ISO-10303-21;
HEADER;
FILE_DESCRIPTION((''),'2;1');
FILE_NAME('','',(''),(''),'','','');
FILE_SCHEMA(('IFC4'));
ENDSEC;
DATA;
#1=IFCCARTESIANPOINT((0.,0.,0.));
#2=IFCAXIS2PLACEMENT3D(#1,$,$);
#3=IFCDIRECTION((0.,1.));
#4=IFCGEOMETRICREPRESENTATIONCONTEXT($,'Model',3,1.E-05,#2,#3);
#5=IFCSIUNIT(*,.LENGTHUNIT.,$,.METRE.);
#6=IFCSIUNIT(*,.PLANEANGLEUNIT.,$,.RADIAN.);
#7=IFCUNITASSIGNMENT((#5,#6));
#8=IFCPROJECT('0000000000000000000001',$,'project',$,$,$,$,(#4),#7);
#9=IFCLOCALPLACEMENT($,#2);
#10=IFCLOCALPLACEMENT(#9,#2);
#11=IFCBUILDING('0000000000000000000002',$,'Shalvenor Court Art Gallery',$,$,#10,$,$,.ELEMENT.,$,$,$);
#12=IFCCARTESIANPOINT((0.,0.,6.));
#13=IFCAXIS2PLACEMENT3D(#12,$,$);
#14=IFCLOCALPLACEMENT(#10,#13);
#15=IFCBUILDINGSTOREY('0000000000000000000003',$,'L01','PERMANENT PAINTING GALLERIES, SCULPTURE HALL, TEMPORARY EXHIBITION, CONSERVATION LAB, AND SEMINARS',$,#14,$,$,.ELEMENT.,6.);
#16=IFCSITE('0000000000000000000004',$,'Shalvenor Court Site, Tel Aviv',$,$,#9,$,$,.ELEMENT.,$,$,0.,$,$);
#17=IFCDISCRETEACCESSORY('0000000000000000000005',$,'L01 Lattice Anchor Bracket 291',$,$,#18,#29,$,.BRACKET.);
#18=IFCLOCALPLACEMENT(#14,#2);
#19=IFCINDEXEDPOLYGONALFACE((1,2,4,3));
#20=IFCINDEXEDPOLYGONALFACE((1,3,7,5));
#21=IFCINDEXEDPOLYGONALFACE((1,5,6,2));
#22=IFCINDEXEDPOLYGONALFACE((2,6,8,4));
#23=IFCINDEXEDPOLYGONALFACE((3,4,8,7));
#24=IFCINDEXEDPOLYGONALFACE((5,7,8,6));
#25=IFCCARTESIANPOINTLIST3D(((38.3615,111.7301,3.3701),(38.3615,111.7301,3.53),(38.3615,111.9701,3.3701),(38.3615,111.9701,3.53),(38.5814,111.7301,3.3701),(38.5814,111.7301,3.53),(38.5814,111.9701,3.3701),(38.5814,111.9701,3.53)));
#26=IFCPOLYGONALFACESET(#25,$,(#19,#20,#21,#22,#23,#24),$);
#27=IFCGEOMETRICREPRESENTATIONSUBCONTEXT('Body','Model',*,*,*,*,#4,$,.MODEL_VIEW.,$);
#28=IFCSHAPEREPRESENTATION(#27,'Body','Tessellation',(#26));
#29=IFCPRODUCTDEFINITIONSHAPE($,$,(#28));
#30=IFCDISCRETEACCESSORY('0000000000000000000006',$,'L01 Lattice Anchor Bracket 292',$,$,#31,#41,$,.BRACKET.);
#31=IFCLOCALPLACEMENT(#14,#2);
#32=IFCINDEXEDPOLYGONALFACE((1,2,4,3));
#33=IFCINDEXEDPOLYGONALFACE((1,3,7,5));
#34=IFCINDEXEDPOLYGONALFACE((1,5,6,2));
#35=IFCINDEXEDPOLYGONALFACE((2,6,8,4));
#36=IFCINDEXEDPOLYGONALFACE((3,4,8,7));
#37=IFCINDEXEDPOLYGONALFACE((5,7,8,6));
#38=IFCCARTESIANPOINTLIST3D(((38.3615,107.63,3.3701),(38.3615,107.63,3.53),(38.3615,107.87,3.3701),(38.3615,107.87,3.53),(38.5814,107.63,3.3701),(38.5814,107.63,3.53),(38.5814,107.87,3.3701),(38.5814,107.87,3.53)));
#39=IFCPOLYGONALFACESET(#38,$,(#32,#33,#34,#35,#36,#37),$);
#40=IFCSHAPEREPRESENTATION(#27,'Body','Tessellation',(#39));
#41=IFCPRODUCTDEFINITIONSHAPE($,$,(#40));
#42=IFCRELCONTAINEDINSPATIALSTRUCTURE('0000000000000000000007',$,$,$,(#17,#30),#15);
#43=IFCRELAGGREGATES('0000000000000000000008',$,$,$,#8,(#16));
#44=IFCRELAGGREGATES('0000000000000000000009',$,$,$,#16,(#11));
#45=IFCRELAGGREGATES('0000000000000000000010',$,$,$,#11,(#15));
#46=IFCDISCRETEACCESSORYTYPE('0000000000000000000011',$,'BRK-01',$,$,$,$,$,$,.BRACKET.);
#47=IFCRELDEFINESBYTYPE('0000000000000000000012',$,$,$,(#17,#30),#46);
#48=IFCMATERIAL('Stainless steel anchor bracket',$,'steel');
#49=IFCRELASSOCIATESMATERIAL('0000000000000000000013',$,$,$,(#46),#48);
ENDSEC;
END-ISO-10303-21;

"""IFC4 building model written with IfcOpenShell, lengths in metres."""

from ifc_helpers import new_model, si_unit, direction, frame, origin, origin_2d, place, context, subcontext, project, spatial, rectangle, extrude, material, type_object, element, save


model = new_model("IFC4")

# Units and contexts
model_context = context("Model", 3, precision=1e-05, world=origin(), true_north=direction((0.0, 1.0)))
body_context = subcontext(model_context, "Body", "Model", "MODEL_VIEW")
ifc_project = project(units=[si_unit("LENGTHUNIT", "METRE"), si_unit("PLANEANGLEUNIT", "RADIAN")], contexts=[model_context])

# Site, building, storey
site_placement = place(None, origin())
site = spatial("IfcSite", under=ifc_project, at=site_placement, Name="Shalvenor Court Site, Tel Aviv", CompositionType="ELEMENT", RefElevation=0.0)
building_placement = place(site_placement, origin())
building = spatial("IfcBuilding", under=site, at=building_placement, Name="Shalvenor Court Art Gallery", CompositionType="ELEMENT")
storey_placement = place(building_placement, frame((0.0, 0.0, 6.0)))
storey = spatial("IfcBuildingStorey", under=building, at=storey_placement, Name="L01", Description="PERMANENT PAINTING GALLERIES, SCULPTURE HALL, TEMPORARY EXHIBITION, CONSERVATION LAB, AND SEMINARS", CompositionType="ELEMENT", Elevation=6.0)

# Discrete accessories
ifc_material_1 = material(Name="Stainless steel anchor bracket", Category="steel")
discrete_accessory_type = type_object("IfcDiscreteAccessoryType", Name="BRK-01", PredefinedType="BRACKET", material=ifc_material_1)
for number, where, z_axis, x_axis, name in (
    (1, (38.4714, 111.8501, 3.3701), (0.0, 0.0, 1.0), (0.0, -1.0, 0.0), "L01 Lattice Anchor Bracket 291"),
    (2, (38.4714, 107.75, 3.3701), (0.0, 0.0, 1.0), (0.0, -1.0, 0.0), "L01 Lattice Anchor Bracket 292"),
):
    element("IfcDiscreteAccessory", number, at=place(storey_placement, frame(where, z_axis=z_axis, x_axis=x_axis)), inside=storey, type_object=discrete_accessory_type, Name=name, PredefinedType="BRACKET", context=body_context, shape_type="SweptSolid", body=[
        extrude(rectangle(XDim=0.24, YDim=0.22, at=origin_2d()), origin(), (0.0, 0.0, 1.0), 0.1599),
    ])

save(model, "model.ifc")
